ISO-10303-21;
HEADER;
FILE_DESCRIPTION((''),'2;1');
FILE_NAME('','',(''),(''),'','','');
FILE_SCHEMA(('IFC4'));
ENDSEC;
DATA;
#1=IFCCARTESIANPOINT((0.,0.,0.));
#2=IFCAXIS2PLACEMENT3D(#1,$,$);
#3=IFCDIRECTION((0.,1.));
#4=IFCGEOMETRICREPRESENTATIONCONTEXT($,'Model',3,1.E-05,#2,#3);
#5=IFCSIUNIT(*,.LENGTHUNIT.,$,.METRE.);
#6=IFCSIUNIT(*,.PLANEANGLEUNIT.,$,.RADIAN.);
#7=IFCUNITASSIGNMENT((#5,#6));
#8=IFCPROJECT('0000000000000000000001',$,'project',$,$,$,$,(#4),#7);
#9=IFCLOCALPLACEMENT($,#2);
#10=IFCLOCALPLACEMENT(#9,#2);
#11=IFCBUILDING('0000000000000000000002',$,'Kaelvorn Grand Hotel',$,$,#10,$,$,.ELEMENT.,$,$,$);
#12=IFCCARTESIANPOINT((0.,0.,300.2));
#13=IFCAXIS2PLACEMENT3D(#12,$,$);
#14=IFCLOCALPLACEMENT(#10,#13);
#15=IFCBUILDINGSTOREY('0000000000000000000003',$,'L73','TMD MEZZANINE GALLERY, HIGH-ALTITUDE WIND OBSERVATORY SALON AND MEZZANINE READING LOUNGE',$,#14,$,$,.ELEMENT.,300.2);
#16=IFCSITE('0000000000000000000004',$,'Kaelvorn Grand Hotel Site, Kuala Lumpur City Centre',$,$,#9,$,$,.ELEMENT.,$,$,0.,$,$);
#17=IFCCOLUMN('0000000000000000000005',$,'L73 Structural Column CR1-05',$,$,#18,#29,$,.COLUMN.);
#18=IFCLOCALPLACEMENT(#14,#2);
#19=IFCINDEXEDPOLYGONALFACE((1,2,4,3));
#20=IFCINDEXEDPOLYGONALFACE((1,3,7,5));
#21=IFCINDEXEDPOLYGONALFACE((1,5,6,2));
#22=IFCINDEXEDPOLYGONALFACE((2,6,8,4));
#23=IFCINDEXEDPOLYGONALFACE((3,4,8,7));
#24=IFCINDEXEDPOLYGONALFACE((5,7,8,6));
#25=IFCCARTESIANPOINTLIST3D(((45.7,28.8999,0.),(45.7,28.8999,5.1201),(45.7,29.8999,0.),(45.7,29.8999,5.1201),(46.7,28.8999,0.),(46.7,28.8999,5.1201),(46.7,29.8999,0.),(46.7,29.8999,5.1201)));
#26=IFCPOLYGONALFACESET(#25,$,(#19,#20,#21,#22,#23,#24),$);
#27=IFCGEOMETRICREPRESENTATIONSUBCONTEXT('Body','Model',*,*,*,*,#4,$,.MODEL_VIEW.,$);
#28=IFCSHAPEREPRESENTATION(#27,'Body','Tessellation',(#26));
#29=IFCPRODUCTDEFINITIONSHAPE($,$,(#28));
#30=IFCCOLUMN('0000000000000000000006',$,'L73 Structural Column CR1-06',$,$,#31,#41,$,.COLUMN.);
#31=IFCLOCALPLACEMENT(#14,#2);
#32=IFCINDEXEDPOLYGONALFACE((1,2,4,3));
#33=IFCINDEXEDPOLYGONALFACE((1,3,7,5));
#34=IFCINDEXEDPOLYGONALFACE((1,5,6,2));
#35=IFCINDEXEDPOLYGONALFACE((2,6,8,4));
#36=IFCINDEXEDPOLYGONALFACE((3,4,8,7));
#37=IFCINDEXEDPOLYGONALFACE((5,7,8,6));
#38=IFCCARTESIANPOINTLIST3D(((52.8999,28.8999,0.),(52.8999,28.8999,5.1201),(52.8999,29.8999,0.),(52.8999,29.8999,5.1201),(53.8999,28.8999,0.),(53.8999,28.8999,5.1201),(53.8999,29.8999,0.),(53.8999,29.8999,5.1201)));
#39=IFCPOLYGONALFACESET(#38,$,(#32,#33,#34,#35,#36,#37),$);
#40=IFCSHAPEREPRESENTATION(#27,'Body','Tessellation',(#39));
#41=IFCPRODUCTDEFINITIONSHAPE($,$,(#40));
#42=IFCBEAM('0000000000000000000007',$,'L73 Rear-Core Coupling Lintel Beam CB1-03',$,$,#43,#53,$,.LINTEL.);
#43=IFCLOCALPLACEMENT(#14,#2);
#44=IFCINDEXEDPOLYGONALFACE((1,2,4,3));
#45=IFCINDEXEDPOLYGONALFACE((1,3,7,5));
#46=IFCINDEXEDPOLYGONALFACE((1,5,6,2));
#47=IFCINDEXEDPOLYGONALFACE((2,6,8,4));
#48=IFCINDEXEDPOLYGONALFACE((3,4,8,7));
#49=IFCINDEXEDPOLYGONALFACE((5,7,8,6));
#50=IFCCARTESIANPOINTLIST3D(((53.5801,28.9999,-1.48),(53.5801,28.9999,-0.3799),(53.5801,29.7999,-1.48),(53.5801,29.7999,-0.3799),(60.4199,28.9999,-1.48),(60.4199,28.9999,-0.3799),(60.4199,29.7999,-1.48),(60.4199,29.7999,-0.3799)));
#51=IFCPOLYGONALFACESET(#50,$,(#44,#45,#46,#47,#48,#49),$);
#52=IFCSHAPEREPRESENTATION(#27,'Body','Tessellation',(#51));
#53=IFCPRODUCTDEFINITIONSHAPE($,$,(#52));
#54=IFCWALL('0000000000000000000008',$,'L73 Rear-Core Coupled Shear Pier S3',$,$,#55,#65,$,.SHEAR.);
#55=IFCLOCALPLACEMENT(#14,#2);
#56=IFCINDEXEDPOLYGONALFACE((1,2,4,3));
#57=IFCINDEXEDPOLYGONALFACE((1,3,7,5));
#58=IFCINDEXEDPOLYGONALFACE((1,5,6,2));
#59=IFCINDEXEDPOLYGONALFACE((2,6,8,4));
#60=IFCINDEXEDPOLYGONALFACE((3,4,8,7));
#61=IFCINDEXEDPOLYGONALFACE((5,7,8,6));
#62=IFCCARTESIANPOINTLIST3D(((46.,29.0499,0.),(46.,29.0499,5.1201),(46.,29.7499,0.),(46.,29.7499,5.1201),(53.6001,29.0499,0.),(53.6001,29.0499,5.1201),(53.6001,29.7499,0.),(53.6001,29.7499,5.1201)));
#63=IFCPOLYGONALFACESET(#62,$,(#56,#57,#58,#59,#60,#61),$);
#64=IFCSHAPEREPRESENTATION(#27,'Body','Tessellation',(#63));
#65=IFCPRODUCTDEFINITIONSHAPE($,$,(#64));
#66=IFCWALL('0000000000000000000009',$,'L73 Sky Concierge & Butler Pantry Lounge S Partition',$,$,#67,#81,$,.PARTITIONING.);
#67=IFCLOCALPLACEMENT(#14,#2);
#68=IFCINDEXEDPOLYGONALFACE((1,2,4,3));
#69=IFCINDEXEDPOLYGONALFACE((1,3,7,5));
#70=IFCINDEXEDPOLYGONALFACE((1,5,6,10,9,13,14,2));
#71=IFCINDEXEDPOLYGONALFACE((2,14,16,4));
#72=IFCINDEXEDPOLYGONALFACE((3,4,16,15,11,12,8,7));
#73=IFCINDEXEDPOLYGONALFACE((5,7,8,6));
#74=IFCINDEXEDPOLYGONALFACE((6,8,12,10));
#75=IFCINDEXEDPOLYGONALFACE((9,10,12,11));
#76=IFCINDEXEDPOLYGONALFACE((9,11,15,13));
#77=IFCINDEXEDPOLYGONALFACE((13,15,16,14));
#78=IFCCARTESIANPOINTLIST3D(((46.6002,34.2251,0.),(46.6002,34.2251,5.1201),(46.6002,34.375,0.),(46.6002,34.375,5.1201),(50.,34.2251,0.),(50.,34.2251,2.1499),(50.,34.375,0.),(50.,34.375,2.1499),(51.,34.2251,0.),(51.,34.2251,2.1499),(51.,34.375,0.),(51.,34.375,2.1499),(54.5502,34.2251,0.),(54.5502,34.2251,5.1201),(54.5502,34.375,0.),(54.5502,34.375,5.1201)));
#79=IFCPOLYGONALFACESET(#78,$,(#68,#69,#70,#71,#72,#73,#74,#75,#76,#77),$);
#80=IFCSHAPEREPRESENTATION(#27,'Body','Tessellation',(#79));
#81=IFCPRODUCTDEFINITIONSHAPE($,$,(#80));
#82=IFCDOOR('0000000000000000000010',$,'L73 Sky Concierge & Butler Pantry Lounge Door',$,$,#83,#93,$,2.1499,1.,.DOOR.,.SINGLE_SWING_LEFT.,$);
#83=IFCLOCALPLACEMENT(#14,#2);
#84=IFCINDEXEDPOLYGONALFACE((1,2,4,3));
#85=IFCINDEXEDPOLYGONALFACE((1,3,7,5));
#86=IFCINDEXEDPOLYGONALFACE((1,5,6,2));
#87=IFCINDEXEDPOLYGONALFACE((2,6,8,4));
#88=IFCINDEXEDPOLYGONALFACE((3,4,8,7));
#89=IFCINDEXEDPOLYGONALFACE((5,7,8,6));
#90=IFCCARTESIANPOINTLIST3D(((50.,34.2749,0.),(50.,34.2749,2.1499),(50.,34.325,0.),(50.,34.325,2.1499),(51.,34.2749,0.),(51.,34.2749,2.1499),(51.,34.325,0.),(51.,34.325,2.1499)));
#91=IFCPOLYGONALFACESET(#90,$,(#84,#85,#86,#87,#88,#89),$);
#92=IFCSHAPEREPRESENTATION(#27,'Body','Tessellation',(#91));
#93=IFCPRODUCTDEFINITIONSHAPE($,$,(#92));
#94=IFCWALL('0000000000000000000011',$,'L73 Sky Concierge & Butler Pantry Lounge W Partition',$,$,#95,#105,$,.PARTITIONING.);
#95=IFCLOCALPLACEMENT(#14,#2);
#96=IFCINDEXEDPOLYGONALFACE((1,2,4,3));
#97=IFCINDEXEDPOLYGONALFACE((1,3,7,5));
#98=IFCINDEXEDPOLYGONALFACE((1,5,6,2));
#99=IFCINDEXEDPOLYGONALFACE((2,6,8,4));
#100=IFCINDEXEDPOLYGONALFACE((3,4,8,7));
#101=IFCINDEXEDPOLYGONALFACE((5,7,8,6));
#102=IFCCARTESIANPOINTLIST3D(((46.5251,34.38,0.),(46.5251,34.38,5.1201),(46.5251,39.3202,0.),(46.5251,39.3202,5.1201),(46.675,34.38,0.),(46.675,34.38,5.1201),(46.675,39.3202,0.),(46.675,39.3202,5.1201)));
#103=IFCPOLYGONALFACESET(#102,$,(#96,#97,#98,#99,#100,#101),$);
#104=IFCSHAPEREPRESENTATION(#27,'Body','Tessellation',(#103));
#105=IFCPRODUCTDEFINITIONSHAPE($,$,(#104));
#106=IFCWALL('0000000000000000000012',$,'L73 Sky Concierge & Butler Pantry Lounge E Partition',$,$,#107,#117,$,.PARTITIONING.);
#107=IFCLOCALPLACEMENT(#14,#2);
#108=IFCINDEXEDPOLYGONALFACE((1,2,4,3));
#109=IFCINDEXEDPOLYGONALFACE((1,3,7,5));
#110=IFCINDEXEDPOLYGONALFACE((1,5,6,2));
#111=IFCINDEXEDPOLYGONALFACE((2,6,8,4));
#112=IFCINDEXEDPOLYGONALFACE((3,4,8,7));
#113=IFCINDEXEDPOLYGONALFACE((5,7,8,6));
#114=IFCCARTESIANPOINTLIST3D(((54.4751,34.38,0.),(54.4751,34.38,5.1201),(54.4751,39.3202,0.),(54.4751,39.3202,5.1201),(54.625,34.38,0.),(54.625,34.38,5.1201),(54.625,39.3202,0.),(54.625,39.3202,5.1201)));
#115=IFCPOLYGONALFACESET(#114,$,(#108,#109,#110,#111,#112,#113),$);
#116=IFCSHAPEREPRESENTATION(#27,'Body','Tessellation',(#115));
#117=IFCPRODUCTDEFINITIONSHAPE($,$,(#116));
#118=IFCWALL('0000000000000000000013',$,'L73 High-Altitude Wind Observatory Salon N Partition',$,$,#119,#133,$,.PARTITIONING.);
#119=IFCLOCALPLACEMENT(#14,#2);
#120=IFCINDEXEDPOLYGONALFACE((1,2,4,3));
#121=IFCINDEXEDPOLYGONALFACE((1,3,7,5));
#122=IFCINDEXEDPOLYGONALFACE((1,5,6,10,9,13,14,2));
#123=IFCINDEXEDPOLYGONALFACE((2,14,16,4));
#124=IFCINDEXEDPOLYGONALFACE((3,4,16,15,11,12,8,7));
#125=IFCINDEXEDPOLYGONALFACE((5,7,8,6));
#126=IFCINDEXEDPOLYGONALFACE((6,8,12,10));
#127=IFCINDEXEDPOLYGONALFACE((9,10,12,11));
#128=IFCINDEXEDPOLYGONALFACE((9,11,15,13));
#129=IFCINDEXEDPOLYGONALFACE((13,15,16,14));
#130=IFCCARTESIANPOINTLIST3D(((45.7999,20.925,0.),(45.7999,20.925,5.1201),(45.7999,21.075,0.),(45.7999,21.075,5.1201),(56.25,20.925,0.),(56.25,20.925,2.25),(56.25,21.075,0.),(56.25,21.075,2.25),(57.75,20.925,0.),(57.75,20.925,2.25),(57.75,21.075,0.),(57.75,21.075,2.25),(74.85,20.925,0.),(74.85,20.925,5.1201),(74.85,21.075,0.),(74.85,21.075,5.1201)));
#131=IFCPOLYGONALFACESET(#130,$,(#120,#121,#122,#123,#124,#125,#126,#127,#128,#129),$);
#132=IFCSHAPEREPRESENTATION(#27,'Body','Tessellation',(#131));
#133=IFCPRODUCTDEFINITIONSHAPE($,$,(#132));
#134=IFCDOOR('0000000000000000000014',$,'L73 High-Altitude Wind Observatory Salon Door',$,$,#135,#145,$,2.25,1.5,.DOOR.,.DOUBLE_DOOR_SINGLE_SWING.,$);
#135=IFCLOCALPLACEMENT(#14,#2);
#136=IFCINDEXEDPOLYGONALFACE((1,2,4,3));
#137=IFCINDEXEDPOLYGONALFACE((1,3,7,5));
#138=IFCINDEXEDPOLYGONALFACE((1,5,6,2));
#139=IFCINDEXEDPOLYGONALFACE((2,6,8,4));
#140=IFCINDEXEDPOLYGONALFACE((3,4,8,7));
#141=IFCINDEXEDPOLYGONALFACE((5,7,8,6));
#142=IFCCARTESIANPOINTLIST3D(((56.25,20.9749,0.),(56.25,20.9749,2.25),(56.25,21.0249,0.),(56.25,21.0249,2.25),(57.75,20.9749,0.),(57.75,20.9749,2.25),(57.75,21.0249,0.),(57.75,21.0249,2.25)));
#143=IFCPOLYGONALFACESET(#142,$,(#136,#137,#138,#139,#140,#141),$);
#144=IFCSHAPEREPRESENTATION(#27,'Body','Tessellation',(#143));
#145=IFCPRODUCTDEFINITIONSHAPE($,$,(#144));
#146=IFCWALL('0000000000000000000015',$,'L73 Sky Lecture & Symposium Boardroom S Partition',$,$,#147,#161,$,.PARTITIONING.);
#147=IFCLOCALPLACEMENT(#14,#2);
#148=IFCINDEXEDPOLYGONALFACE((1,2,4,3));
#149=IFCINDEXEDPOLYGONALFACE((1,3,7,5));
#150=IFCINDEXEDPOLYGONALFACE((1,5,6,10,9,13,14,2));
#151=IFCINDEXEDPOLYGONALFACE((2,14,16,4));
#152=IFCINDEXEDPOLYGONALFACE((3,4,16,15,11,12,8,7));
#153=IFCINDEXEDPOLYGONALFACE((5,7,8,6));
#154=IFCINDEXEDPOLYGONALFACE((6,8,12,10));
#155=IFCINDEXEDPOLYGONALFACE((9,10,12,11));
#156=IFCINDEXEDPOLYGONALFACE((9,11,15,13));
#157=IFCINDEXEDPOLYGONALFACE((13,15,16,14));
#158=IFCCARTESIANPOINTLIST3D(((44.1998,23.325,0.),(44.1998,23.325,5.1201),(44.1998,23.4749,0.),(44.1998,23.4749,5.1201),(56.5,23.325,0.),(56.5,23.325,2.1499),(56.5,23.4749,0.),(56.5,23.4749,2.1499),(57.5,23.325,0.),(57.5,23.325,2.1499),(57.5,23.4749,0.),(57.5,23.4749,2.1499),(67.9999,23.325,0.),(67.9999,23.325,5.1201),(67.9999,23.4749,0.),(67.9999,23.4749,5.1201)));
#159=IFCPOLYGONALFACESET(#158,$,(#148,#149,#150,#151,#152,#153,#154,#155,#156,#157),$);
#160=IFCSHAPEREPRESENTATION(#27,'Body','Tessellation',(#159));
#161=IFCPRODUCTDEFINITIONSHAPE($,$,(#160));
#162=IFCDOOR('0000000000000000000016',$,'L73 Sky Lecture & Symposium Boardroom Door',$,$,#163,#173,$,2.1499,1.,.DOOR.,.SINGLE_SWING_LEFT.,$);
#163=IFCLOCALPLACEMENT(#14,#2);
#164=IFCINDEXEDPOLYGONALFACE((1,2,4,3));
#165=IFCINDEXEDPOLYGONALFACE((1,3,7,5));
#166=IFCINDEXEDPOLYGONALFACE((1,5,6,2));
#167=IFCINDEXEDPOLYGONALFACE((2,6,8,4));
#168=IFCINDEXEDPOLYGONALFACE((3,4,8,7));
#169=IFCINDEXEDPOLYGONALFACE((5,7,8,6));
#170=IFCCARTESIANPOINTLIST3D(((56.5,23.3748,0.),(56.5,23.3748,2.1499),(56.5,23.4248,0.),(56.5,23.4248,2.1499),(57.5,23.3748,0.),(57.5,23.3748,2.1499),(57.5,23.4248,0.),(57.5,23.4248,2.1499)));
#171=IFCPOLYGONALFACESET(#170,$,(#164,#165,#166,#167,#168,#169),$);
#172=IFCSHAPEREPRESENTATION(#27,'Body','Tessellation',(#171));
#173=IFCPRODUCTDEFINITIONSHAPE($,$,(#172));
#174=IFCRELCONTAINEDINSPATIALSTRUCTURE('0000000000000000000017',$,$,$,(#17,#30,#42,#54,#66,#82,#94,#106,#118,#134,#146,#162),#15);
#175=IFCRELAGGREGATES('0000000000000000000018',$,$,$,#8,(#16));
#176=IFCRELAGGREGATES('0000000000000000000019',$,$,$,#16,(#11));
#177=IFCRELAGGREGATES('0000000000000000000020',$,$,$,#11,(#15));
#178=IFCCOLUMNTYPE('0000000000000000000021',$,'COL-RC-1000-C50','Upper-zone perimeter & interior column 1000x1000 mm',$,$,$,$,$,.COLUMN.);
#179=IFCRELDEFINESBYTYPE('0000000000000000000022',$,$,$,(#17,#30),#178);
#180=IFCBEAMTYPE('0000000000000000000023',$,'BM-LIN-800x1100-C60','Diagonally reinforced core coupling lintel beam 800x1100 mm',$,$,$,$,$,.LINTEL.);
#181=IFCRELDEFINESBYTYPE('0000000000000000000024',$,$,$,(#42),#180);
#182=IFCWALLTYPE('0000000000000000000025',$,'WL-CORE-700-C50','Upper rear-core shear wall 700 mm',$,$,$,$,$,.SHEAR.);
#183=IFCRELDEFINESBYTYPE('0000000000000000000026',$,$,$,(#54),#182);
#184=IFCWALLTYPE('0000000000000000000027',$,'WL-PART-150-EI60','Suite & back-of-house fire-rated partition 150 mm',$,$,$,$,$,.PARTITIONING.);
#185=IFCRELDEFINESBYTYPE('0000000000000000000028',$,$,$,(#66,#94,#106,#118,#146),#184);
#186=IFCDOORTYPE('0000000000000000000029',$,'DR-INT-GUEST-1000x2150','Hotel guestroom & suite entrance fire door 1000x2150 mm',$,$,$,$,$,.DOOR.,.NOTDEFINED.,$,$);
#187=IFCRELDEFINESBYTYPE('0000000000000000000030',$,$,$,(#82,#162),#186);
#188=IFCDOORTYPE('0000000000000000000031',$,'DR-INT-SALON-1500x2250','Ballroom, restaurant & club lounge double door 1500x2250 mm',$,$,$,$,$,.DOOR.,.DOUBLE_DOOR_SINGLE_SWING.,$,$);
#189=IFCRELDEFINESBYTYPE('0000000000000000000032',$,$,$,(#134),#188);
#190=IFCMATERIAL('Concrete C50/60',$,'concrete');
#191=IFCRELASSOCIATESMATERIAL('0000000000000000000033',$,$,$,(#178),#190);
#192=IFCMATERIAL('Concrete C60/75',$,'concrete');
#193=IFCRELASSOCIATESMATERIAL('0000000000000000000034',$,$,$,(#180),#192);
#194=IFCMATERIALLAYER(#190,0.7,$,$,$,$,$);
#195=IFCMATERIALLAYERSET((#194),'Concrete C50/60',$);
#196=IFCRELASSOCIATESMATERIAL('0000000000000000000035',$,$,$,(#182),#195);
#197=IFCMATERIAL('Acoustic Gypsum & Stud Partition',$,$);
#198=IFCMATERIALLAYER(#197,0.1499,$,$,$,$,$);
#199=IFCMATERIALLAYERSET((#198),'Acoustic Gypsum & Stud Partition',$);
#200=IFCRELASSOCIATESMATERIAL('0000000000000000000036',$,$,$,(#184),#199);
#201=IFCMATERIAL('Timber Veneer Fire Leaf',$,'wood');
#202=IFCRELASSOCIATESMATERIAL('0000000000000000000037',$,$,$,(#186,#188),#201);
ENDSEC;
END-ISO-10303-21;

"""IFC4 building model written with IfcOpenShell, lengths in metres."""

from ifc_helpers import new_model, si_unit, direction, frame, frame_2d, origin, origin_2d, place, context, subcontext, project, spatial, rectangle, extrude, material, layer, layer_set, material_profile, profile_set, type_object, element, fill, save


model = new_model("IFC4")

# Units and contexts
model_context = context("Model", 3, precision=1e-05, world=origin(), true_north=direction((0.0, 1.0)))
body_context = subcontext(model_context, "Body", "Model", "MODEL_VIEW")
ifc_project = project(units=[si_unit("LENGTHUNIT", "METRE"), si_unit("PLANEANGLEUNIT", "RADIAN")], contexts=[model_context])

# Site, building, storey
site_placement = place(None, origin())
site = spatial("IfcSite", under=ifc_project, at=site_placement, Name="Kaelvorn Grand Hotel Site, Kuala Lumpur City Centre", CompositionType="ELEMENT", RefElevation=0.0)
building_placement = place(site_placement, origin())
building = spatial("IfcBuilding", under=site, at=building_placement, Name="Kaelvorn Grand Hotel", CompositionType="ELEMENT")
storey_placement = place(building_placement, frame((0.0, 0.0, 300.2)))
storey = spatial("IfcBuildingStorey", under=building, at=storey_placement, Name="L73", Description="TMD MEZZANINE GALLERY, HIGH-ALTITUDE WIND OBSERVATORY SALON AND MEZZANINE READING LOUNGE", CompositionType="ELEMENT", Elevation=300.2)

# Columns
ifc_material_1 = material(Name="Concrete C50/60", Category="concrete")
ifc_material_profile_1 = material_profile(ifc_material_1, rectangle(XDim=1.0, YDim=1.0, at=origin_2d()), Name="RC COL 1000x1000")
ifc_profile_set_1 = profile_set([ifc_material_profile_1], Name="Concrete C50/60")
column_type = type_object("IfcColumnType", Name="COL-RC-1000-C50", Description="Upper-zone perimeter & interior column 1000x1000 mm", PredefinedType="COLUMN", material=ifc_profile_set_1)
for number, where, z_axis, x_axis, name in (
    (1, (46.2, 29.3999, 0.0), (0.0, 0.0, 1.0), (1.0, 0.0, 0.0), "L73 Structural Column CR1-05"),
    (2, (53.3999, 29.3999, 0.0), (0.0, 0.0, 1.0), (1.0, 0.0, 0.0), "L73 Structural Column CR1-06"),
):
    element("IfcColumn", number, at=place(storey_placement, frame(where, z_axis=z_axis, x_axis=x_axis)), inside=storey, type_object=column_type, Name=name, PredefinedType="COLUMN", context=body_context, shape_type="SweptSolid", body=[
        extrude(rectangle(XDim=1.0, YDim=1.0, at=origin_2d()), origin(), (0.0, 0.0, 1.0), 5.1201),
    ])

# Beam
ifc_material_2 = material(Name="Concrete C60/75", Category="concrete")
ifc_material_profile_2 = material_profile(ifc_material_2, rectangle(XDim=0.8, YDim=1.1001, at=origin_2d()), Name="RC LINTEL 800x1100")
ifc_profile_set_2 = profile_set([ifc_material_profile_2], Name="Concrete C60/75")
beam_type = type_object("IfcBeamType", Name="BM-LIN-800x1100-C60", Description="Diagonally reinforced core coupling lintel beam 800x1100 mm", PredefinedType="LINTEL", material=ifc_profile_set_2)
beam_placement = place(storey_placement, frame((53.5801, 29.3999, -0.9299), z_axis=(1.0, 0.0, 0.0), x_axis=(0.0, 1.0, 0.0)))
element("IfcBeam", 3, at=beam_placement, inside=storey, type_object=beam_type, Name="L73 Rear-Core Coupling Lintel Beam CB1-03", PredefinedType="LINTEL", context=body_context, shape_type="SweptSolid", body=[
    extrude(rectangle(XDim=0.8, YDim=1.1001, at=origin_2d()), origin(), (0.0, 0.0, 1.0), 6.8398),
])

# Wall
ifc_layer_1 = layer(ifc_material_1, 0.7)
ifc_layer_set_1 = layer_set([ifc_layer_1], Name="Concrete C50/60")
wall_type_1 = type_object("IfcWallType", Name="WL-CORE-700-C50", Description="Upper rear-core shear wall 700 mm", PredefinedType="SHEAR", material=ifc_layer_set_1)
wall_1_placement = place(storey_placement, frame((46.0, 29.3999, 0.0), z_axis=(0.0, 0.0, 1.0), x_axis=(1.0, 0.0, 0.0)))
element("IfcWall", 4, at=wall_1_placement, inside=storey, type_object=wall_type_1, Name="L73 Rear-Core Coupled Shear Pier S3", PredefinedType="SHEAR", context=body_context, shape_type="SweptSolid", body=[
    extrude(rectangle(XDim=7.6001, YDim=0.7, at=frame_2d((3.8, 0.0))), origin(), (0.0, 0.0, 1.0), 5.1201),
])

# Wall, opening, door
ifc_material_3 = material(Name="Acoustic Gypsum & Stud Partition")
ifc_layer_2 = layer(ifc_material_3, 0.1499)
ifc_layer_set_2 = layer_set([ifc_layer_2], Name="Acoustic Gypsum & Stud Partition")
wall_type_2 = type_object("IfcWallType", Name="WL-PART-150-EI60", Description="Suite & back-of-house fire-rated partition 150 mm", PredefinedType="PARTITIONING", material=ifc_layer_set_2)
wall_2_placement = place(storey_placement, frame((46.6001, 34.3, 0.0), z_axis=(0.0, 0.0, 1.0), x_axis=(1.0, 0.0, 0.0)))
wall_2 = element("IfcWall", 5, at=wall_2_placement, inside=storey, type_object=wall_type_2, Name="L73 Sky Concierge & Butler Pantry Lounge S Partition", PredefinedType="PARTITIONING", context=body_context, shape_type="SweptSolid", body=[
    extrude(rectangle(XDim=7.95, YDim=0.1499, at=frame_2d((3.9751, 0.0))), origin(), (0.0, 0.0, 1.0), 5.1201),
])
opening_1_placement = place(wall_2_placement, frame((3.3999, 0.0, 0.0)))
opening_1 = element("IfcOpeningElement", 6, at=opening_1_placement, cuts=wall_2, PredefinedType="OPENING", context=body_context, shape_type="SweptSolid", body=[
    extrude(rectangle(XDim=1.0, YDim=2.1499, at=frame_2d((0.5, 1.075))), frame((0.0, 0.085, 0.0), z_axis=(0.0, -1.0, 0.0), x_axis=(1.0, 0.0, 0.0)), (0.0, 0.0, 1.0), 0.1699),
])
ifc_material_4 = material(Name="Timber Veneer Fire Leaf", Category="wood")
door_type_1 = type_object("IfcDoorType", Name="DR-INT-GUEST-1000x2150", Description="Hotel guestroom & suite entrance fire door 1000x2150 mm", OperationType="NOTDEFINED", PredefinedType="DOOR", material=ifc_material_4)
door_1_placement = place(opening_1_placement, origin())
door_1 = element("IfcDoor", 7, at=door_1_placement, inside=storey, type_object=door_type_1, Name="L73 Sky Concierge & Butler Pantry Lounge Door", OperationType="SINGLE_SWING_LEFT", OverallHeight=2.1499, OverallWidth=1.0, PredefinedType="DOOR", context=body_context, shape_type="SweptSolid", body=[
    extrude(rectangle(XDim=1.0, YDim=2.1499, at=frame_2d((0.5, 1.075))), frame((0.0, 0.0249, 0.0), z_axis=(0.0, -1.0, 0.0), x_axis=(1.0, 0.0, 0.0)), (0.0, 0.0, 1.0), 0.05),
])
fill(opening_1, door_1)

# Walls
for number, where, z_axis, x_axis, name in (
    (8, (46.6001, 34.3799, 0.0), (0.0, 0.0, 1.0), (0.0, 1.0, 0.0), "L73 Sky Concierge & Butler Pantry Lounge W Partition"),
    (9, (54.55, 34.3799, 0.0), (0.0, 0.0, 1.0), (0.0, 1.0, 0.0), "L73 Sky Concierge & Butler Pantry Lounge E Partition"),
):
    element("IfcWall", number, at=place(storey_placement, frame(where, z_axis=z_axis, x_axis=x_axis)), inside=storey, type_object=wall_type_2, Name=name, PredefinedType="PARTITIONING", context=body_context, shape_type="SweptSolid", body=[
        extrude(rectangle(XDim=4.9402, YDim=0.1499, at=frame_2d((2.4702, 0.0))), origin(), (0.0, 0.0, 1.0), 5.1201),
    ])

# Walls, openings, doors
wall_3_placement = place(storey_placement, frame((45.8, 21.0, 0.0), z_axis=(0.0, 0.0, 1.0), x_axis=(1.0, 0.0, 0.0)))
wall_3 = element("IfcWall", 10, at=wall_3_placement, inside=storey, type_object=wall_type_2, Name="L73 High-Altitude Wind Observatory Salon N Partition", PredefinedType="PARTITIONING", context=body_context, shape_type="SweptSolid", body=[
    extrude(rectangle(XDim=29.05, YDim=0.1499, at=frame_2d((14.5249, 0.0))), origin(), (0.0, 0.0, 1.0), 5.1201),
])
opening_2_placement = place(wall_3_placement, frame((10.45, 0.0, 0.0)))
opening_2 = element("IfcOpeningElement", 11, at=opening_2_placement, cuts=wall_3, PredefinedType="OPENING", context=body_context, shape_type="SweptSolid", body=[
    extrude(rectangle(XDim=1.5, YDim=2.25, at=frame_2d((0.75, 1.125))), frame((0.0, 0.085, 0.0), z_axis=(0.0, -1.0, 0.0), x_axis=(1.0, 0.0, 0.0)), (0.0, 0.0, 1.0), 0.1699),
])
door_type_2 = type_object("IfcDoorType", Name="DR-INT-SALON-1500x2250", Description="Ballroom, restaurant & club lounge double door 1500x2250 mm", OperationType="DOUBLE_DOOR_SINGLE_SWING", PredefinedType="DOOR", material=ifc_material_4)
door_2_placement = place(opening_2_placement, origin())
door_2 = element("IfcDoor", 12, at=door_2_placement, inside=storey, type_object=door_type_2, Name="L73 High-Altitude Wind Observatory Salon Door", OperationType="DOUBLE_DOOR_SINGLE_SWING", OverallHeight=2.25, OverallWidth=1.5, PredefinedType="DOOR", context=body_context, shape_type="SweptSolid", body=[
    extrude(rectangle(XDim=1.5, YDim=2.25, at=frame_2d((0.75, 1.125))), frame((0.0, 0.0249, 0.0), z_axis=(0.0, -1.0, 0.0), x_axis=(1.0, 0.0, 0.0)), (0.0, 0.0, 1.0), 0.05),
])
fill(opening_2, door_2)
wall_4_placement = place(storey_placement, frame((44.2, 23.3999, 0.0), z_axis=(0.0, 0.0, 1.0), x_axis=(1.0, 0.0, 0.0)))
wall_4 = element("IfcWall", 13, at=wall_4_placement, inside=storey, type_object=wall_type_2, Name="L73 Sky Lecture & Symposium Boardroom S Partition", PredefinedType="PARTITIONING", context=body_context, shape_type="SweptSolid", body=[
    extrude(rectangle(XDim=23.8, YDim=0.1499, at=frame_2d((11.8999, 0.0))), origin(), (0.0, 0.0, 1.0), 5.1201),
])
opening_3_placement = place(wall_4_placement, frame((12.3, 0.0, 0.0)))
opening_3 = element("IfcOpeningElement", 14, at=opening_3_placement, cuts=wall_4, PredefinedType="OPENING", context=body_context, shape_type="SweptSolid", body=[
    extrude(rectangle(XDim=1.0, YDim=2.1499, at=frame_2d((0.5, 1.075))), frame((0.0, 0.085, 0.0), z_axis=(0.0, -1.0, 0.0), x_axis=(1.0, 0.0, 0.0)), (0.0, 0.0, 1.0), 0.1699),
])
door_3_placement = place(opening_3_placement, origin())
door_3 = element("IfcDoor", 15, at=door_3_placement, inside=storey, type_object=door_type_1, Name="L73 Sky Lecture & Symposium Boardroom Door", OperationType="SINGLE_SWING_LEFT", OverallHeight=2.1499, OverallWidth=1.0, PredefinedType="DOOR", context=body_context, shape_type="SweptSolid", body=[
    extrude(rectangle(XDim=1.0, YDim=2.1499, at=frame_2d((0.5, 1.075))), frame((0.0, 0.0249, 0.0), z_axis=(0.0, -1.0, 0.0), x_axis=(1.0, 0.0, 0.0)), (0.0, 0.0, 1.0), 0.05),
])
fill(opening_3, door_3)

save(model, "model.ifc")
